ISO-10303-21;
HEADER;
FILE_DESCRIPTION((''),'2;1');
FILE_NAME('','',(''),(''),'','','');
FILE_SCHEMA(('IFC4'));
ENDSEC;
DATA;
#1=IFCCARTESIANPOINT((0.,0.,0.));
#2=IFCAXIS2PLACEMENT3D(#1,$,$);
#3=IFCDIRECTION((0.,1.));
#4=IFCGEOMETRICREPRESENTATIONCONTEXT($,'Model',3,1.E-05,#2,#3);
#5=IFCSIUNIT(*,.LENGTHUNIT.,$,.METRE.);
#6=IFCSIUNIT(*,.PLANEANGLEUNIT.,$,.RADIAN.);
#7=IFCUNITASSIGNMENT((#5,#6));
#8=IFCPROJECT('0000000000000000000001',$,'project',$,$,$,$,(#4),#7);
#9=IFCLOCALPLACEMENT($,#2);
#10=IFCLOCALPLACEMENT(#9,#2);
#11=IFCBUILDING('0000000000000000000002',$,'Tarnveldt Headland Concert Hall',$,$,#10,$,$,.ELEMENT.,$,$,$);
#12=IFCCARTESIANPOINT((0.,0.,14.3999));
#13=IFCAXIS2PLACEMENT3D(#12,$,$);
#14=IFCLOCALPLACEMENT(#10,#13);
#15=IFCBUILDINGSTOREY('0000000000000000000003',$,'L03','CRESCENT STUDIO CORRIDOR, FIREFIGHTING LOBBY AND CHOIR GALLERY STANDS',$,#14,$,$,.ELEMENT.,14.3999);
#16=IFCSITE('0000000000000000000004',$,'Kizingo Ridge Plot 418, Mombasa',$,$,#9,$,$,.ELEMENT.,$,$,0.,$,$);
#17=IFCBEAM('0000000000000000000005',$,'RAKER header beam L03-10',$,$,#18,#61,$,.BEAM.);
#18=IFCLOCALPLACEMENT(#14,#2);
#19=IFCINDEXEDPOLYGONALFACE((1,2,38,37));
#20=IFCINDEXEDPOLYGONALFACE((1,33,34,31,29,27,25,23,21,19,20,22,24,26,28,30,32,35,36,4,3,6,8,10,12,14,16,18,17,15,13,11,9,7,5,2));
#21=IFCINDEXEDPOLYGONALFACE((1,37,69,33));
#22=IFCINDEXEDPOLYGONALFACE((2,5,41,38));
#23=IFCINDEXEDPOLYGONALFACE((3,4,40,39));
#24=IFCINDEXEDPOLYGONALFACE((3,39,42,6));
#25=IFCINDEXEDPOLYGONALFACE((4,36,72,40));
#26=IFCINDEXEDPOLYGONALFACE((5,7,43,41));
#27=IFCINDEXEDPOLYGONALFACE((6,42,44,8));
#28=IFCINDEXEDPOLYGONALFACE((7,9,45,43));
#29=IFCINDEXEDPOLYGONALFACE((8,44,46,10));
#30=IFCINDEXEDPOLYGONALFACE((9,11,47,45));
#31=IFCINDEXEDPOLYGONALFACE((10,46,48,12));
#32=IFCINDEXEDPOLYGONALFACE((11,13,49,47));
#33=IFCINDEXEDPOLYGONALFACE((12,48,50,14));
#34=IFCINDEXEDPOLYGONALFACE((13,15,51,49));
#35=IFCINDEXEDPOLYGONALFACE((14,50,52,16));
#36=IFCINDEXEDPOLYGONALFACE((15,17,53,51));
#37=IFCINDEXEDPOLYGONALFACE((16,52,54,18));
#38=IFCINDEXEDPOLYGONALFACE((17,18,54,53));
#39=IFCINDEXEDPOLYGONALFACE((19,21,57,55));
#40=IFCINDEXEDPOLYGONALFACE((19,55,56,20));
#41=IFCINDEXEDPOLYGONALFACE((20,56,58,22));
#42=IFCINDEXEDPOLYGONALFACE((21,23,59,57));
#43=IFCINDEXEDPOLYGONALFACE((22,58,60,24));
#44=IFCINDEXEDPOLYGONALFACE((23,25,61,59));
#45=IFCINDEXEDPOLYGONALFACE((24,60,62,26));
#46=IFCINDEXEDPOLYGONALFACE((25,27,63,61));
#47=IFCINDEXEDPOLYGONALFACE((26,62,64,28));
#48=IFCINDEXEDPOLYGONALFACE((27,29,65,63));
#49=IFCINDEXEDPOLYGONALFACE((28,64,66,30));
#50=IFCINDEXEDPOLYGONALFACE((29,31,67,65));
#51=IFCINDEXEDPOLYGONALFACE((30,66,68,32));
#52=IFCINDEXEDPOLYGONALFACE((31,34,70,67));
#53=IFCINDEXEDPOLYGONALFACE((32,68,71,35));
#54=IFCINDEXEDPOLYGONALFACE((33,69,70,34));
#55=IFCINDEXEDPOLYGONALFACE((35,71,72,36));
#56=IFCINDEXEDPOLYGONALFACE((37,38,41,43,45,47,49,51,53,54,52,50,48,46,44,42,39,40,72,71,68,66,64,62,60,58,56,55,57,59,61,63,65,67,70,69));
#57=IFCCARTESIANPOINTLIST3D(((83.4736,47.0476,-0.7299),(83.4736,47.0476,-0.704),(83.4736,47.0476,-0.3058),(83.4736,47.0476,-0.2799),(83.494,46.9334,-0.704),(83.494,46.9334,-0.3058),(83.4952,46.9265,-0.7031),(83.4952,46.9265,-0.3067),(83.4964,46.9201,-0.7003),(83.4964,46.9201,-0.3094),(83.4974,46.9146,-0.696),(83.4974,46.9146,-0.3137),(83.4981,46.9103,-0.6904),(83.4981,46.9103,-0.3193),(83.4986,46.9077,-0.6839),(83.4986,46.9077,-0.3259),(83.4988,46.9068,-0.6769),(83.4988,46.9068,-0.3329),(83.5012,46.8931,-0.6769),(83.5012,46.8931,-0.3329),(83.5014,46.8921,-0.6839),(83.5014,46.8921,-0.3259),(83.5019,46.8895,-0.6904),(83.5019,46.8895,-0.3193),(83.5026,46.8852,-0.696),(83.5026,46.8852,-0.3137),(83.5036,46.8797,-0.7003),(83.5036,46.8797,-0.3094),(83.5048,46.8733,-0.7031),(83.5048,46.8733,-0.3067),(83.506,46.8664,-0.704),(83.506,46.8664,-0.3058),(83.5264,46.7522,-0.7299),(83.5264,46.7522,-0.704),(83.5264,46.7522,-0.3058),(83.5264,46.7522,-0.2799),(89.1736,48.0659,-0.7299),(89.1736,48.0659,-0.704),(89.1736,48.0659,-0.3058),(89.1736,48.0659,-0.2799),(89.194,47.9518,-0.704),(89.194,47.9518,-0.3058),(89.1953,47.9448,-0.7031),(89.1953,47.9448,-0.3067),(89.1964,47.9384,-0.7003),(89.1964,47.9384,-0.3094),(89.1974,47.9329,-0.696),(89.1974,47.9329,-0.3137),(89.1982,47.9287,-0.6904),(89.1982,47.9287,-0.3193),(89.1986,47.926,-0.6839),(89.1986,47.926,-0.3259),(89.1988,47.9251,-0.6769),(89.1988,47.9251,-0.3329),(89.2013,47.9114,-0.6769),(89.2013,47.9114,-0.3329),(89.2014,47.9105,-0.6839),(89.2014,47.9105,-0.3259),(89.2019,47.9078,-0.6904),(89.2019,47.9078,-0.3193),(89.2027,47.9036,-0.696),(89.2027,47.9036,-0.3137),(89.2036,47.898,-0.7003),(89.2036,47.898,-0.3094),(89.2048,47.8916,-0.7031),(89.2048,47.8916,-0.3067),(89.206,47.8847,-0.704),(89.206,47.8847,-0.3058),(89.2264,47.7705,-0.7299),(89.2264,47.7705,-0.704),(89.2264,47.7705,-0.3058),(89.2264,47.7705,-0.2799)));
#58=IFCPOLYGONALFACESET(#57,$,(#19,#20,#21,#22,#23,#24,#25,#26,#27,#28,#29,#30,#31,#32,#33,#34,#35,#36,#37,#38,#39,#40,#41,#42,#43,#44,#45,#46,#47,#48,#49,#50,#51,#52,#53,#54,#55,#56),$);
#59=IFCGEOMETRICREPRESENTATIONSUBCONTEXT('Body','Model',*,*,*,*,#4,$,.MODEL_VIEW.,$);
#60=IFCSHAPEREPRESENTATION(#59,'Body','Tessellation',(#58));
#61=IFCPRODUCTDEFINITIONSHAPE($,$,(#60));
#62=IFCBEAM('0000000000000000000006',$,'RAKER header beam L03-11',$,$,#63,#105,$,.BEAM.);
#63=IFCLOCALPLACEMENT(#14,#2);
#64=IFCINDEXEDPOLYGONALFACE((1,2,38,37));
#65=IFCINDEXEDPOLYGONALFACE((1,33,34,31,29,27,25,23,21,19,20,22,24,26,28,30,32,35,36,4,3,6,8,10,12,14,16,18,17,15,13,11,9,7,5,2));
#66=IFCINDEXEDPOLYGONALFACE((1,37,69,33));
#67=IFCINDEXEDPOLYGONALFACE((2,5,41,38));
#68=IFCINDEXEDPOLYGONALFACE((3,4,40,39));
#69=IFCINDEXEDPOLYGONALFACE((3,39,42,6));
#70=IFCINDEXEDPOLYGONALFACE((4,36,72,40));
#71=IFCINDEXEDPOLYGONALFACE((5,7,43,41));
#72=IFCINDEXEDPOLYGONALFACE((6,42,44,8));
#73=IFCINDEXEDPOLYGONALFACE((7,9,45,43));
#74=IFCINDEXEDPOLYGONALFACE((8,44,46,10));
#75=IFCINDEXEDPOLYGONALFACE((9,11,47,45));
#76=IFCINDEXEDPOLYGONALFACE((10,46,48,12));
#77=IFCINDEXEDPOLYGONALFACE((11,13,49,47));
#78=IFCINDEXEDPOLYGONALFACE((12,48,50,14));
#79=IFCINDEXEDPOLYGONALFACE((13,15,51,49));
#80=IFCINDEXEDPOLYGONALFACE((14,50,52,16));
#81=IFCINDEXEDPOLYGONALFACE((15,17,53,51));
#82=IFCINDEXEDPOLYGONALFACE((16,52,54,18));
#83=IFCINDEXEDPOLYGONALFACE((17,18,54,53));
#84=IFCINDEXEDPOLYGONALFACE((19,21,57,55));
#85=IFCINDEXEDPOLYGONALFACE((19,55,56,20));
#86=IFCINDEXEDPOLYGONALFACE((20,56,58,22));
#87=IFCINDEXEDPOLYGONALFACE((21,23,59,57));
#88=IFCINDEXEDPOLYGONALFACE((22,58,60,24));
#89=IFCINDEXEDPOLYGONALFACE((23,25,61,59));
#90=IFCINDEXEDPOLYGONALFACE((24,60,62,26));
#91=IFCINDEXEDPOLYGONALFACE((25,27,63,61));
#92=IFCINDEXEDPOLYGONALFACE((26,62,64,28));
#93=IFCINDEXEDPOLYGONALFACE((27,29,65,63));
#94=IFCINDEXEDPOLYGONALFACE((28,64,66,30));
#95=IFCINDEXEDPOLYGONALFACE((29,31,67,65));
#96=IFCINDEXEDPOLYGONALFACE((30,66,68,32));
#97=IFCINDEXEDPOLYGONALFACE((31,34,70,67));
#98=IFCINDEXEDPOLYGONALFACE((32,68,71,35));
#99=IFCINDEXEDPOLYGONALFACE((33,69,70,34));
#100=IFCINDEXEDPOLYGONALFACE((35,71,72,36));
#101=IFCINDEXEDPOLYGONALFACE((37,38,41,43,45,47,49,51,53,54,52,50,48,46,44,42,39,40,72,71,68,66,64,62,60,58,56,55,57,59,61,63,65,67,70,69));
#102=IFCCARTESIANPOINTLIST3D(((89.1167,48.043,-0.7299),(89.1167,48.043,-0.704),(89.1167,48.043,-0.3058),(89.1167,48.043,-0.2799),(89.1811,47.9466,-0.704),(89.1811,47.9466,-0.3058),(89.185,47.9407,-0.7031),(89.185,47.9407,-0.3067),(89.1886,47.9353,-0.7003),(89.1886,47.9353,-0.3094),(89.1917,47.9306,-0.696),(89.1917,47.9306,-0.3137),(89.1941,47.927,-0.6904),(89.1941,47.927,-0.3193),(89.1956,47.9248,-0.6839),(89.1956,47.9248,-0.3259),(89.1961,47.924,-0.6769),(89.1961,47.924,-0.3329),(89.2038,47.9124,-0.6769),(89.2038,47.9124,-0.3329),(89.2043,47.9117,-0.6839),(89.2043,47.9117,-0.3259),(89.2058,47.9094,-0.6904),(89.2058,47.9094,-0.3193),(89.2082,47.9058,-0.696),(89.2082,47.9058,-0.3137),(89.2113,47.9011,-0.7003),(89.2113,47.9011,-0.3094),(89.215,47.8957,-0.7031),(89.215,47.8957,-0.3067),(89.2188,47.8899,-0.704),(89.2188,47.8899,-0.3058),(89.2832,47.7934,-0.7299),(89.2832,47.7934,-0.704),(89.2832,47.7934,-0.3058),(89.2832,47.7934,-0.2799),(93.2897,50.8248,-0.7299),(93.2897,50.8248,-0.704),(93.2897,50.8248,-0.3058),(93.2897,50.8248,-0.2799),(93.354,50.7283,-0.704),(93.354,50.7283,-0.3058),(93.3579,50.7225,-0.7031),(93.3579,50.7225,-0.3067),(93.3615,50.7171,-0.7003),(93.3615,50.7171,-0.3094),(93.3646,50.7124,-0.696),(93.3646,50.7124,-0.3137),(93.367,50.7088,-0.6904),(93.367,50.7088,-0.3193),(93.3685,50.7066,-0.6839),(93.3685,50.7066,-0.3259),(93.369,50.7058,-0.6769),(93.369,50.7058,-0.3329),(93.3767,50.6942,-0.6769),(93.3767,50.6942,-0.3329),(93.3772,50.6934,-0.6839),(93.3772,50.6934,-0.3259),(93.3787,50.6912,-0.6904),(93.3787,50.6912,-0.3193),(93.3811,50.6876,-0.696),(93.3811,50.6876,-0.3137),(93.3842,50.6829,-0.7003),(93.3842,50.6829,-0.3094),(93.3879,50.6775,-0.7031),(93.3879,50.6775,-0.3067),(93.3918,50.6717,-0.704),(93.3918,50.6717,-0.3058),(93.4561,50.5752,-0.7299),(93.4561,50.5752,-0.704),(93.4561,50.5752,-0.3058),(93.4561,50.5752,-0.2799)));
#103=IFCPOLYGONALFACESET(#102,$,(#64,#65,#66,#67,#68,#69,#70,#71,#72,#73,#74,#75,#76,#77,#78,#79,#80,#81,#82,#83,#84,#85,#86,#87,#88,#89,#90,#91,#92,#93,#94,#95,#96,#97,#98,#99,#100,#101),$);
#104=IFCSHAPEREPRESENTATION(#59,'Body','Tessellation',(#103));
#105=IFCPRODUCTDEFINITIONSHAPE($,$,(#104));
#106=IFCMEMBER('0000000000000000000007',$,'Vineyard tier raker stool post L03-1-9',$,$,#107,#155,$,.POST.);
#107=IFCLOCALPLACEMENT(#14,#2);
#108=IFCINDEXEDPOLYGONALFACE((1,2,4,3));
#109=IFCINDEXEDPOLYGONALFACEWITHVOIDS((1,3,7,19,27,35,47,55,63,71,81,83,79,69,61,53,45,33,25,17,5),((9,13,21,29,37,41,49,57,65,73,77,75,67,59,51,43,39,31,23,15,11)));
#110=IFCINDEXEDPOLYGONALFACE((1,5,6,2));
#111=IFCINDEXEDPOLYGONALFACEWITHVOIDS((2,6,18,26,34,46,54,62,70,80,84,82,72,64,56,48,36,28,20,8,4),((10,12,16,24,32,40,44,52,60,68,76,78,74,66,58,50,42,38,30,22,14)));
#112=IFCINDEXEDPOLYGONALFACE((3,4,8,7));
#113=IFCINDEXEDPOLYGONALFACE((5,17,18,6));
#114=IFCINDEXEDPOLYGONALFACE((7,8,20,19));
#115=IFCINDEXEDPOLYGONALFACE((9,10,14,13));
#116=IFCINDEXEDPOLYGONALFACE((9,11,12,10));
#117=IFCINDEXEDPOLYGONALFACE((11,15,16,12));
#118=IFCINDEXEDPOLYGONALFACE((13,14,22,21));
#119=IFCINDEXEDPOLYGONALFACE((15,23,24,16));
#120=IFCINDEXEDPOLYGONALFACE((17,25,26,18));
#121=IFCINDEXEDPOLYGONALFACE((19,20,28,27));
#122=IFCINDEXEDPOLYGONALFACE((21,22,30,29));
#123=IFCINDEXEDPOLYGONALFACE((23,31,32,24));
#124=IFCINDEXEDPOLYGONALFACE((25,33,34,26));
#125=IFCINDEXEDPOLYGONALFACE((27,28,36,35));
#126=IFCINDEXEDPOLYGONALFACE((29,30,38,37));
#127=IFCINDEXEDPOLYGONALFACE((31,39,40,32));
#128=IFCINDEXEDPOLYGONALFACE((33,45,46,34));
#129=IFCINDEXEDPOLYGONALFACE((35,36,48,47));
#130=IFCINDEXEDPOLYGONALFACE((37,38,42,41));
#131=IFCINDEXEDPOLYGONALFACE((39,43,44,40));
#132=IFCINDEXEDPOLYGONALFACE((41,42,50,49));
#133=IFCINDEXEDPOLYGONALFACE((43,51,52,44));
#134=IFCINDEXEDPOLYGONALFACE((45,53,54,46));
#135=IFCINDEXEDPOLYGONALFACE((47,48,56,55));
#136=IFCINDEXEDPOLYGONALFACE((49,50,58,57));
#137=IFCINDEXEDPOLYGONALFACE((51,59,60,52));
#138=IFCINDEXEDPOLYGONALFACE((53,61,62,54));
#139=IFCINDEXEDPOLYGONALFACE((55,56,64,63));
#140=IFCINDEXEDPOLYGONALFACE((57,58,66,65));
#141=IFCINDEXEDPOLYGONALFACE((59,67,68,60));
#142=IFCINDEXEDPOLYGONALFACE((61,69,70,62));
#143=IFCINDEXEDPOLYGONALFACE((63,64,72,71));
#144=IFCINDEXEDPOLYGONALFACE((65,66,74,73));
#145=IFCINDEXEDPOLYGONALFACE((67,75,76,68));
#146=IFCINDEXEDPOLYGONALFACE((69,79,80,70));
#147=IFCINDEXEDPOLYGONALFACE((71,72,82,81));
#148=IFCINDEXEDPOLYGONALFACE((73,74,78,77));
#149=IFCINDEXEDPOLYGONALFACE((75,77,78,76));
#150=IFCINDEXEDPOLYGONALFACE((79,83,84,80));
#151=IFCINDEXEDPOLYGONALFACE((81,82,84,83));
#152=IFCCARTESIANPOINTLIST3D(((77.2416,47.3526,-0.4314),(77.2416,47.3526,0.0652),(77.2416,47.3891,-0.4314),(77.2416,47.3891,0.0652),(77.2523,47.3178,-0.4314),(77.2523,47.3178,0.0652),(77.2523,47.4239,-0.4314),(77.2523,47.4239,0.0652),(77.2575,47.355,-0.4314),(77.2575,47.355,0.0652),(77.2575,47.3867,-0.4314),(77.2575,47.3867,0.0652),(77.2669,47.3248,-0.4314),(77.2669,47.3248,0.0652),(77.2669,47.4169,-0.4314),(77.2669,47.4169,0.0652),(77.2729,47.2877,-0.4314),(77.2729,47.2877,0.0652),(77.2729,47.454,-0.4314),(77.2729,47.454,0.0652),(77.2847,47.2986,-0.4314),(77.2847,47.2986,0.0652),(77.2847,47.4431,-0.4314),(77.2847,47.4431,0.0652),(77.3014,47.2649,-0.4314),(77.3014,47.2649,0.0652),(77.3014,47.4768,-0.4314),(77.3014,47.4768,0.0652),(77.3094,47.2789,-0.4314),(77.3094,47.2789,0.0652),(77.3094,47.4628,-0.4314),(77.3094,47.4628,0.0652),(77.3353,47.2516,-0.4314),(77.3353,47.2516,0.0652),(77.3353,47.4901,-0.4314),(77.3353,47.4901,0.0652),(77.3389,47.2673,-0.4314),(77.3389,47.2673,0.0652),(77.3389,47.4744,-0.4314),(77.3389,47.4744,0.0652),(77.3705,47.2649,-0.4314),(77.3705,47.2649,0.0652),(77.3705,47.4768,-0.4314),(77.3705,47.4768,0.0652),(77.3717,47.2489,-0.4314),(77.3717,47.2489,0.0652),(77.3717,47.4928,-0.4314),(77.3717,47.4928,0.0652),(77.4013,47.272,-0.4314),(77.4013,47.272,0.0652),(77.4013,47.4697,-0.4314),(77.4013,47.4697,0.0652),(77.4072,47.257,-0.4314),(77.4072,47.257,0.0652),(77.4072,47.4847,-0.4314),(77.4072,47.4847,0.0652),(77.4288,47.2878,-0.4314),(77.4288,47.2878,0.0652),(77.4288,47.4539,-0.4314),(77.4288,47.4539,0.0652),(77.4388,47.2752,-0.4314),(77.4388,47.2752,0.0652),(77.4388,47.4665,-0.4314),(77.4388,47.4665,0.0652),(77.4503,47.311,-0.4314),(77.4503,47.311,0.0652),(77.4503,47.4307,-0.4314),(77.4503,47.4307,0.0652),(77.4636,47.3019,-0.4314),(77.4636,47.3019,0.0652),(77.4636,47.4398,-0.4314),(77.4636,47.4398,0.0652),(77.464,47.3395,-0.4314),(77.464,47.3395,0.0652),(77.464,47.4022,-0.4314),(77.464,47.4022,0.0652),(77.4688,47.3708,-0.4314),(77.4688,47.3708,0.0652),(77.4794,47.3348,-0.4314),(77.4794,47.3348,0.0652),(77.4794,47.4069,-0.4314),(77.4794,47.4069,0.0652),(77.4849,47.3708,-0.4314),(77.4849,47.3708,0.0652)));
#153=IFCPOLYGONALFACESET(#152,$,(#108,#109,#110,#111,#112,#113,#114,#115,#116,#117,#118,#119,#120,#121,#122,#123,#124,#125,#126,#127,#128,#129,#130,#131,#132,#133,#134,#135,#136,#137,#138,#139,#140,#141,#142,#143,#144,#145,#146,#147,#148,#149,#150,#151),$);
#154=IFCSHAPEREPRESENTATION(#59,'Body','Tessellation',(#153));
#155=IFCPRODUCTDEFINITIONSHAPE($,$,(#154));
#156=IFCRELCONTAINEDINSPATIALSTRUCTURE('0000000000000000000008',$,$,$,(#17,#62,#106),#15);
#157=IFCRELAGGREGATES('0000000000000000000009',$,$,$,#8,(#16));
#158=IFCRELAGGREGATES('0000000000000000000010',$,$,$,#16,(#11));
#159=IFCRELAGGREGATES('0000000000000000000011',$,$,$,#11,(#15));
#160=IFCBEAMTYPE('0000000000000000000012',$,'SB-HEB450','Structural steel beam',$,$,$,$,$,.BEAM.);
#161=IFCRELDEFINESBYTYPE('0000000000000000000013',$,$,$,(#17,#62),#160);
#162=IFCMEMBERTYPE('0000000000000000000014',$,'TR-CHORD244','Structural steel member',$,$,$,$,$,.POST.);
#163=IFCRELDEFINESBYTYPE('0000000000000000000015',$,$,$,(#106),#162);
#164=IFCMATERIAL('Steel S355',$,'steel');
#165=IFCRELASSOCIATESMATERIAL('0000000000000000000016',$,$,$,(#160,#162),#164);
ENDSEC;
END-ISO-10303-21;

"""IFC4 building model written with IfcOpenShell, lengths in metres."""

from ifc_helpers import new_model, si_unit, direction, frame, origin, origin_2d, place, context, subcontext, project, spatial, hollow_circle, i_section, extrude, material, material_profile, profile_set, type_object, element, save


model = new_model("IFC4")

# Units and contexts
model_context = context("Model", 3, precision=1e-05, world=origin(), true_north=direction((0.0, 1.0)))
body_context = subcontext(model_context, "Body", "Model", "MODEL_VIEW")
ifc_project = project(units=[si_unit("LENGTHUNIT", "METRE"), si_unit("PLANEANGLEUNIT", "RADIAN")], contexts=[model_context])

# Site, building, storey
site_placement = place(None, origin())
site = spatial("IfcSite", under=ifc_project, at=site_placement, Name="Kizingo Ridge Plot 418, Mombasa", CompositionType="ELEMENT", RefElevation=0.0)
building_placement = place(site_placement, origin())
building = spatial("IfcBuilding", under=site, at=building_placement, Name="Tarnveldt Headland Concert Hall", CompositionType="ELEMENT")
storey_placement = place(building_placement, frame((0.0, 0.0, 14.3999)))
storey = spatial("IfcBuildingStorey", under=building, at=storey_placement, Name="L03", Description="CRESCENT STUDIO CORRIDOR, FIREFIGHTING LOBBY AND CHOIR GALLERY STANDS", CompositionType="ELEMENT", Elevation=14.3999)

# Beams
ifc_material_1 = material(Name="Steel S355", Category="steel")
ifc_material_profile_1 = material_profile(ifc_material_1, i_section(OverallWidth=0.3, OverallDepth=0.45, WebThickness=0.0139, FlangeThickness=0.0259, FilletRadius=0.0271, at=origin_2d()), Name="HEB450", Category="steel")
ifc_profile_set_1 = profile_set([ifc_material_profile_1], Name="Steel S355")
beam_type = type_object("IfcBeamType", Name="SB-HEB450", Description="Structural steel beam", PredefinedType="BEAM", material=ifc_profile_set_1)
for number, where, z_axis, x_axis, name in (
    (1, (83.5, 46.8999, -0.5049), (0.984414, 0.175868, 0.0), (-0.175868, 0.984414, 0.0), "RAKER header beam L03-10"),
):
    element("IfcBeam", number, at=place(storey_placement, frame(where, z_axis=z_axis, x_axis=x_axis)), inside=storey, type_object=beam_type, Name=name, PredefinedType="BEAM", context=body_context, shape_type="SweptSolid", body=[
        extrude(i_section(OverallWidth=0.3, OverallDepth=0.45, WebThickness=0.0139, FlangeThickness=0.0259, FilletRadius=0.0271, at=origin_2d()), origin(), (0.0, 0.0, 1.0), 5.7903),
    ])
beam_1_placement = place(storey_placement, frame((89.2, 47.9182, -0.5049), z_axis=(0.832065, 0.554678, 0.0), x_axis=(-0.554678, 0.832065, 0.0)))
element("IfcBeam", 2, at=beam_1_placement, inside=storey, type_object=beam_type, Name="RAKER header beam L03-11", PredefinedType="BEAM", context=body_context, shape_type="SweptSolid", body=[
    extrude(i_section(OverallWidth=0.3, OverallDepth=0.45, WebThickness=0.0139, FlangeThickness=0.0259, FilletRadius=0.0271, at=origin_2d()), origin(), (0.0, 0.0, 1.0), 5.0151),
])

# Member
ifc_material_profile_2 = material_profile(ifc_material_1, hollow_circle(Radius=0.1223, WallThickness=0.0161, at=origin_2d()), Name="CHS 244.5x16", Category="steel")
ifc_profile_set_2 = profile_set([ifc_material_profile_2], Name="Steel S355")
member_type = type_object("IfcMemberType", Name="TR-CHORD244", Description="Structural steel member", PredefinedType="POST", material=ifc_profile_set_2)
for number, where, z_axis, x_axis, name in (
    (3, (77.3625, 47.3708, -0.4314), (0.0, 0.0, 1.0), (1.0, 0.0, 0.0), "Vineyard tier raker stool post L03-1-9"),
):
    element("IfcMember", number, at=place(storey_placement, frame(where, z_axis=z_axis, x_axis=x_axis)), inside=storey, type_object=member_type, Name=name, PredefinedType="POST", context=body_context, shape_type="SweptSolid", body=[
        extrude(hollow_circle(Radius=0.1223, WallThickness=0.0161, at=origin_2d()), origin(), (0.0, 0.0, 1.0), 0.4966),
    ])

save(model, "model.ifc")
